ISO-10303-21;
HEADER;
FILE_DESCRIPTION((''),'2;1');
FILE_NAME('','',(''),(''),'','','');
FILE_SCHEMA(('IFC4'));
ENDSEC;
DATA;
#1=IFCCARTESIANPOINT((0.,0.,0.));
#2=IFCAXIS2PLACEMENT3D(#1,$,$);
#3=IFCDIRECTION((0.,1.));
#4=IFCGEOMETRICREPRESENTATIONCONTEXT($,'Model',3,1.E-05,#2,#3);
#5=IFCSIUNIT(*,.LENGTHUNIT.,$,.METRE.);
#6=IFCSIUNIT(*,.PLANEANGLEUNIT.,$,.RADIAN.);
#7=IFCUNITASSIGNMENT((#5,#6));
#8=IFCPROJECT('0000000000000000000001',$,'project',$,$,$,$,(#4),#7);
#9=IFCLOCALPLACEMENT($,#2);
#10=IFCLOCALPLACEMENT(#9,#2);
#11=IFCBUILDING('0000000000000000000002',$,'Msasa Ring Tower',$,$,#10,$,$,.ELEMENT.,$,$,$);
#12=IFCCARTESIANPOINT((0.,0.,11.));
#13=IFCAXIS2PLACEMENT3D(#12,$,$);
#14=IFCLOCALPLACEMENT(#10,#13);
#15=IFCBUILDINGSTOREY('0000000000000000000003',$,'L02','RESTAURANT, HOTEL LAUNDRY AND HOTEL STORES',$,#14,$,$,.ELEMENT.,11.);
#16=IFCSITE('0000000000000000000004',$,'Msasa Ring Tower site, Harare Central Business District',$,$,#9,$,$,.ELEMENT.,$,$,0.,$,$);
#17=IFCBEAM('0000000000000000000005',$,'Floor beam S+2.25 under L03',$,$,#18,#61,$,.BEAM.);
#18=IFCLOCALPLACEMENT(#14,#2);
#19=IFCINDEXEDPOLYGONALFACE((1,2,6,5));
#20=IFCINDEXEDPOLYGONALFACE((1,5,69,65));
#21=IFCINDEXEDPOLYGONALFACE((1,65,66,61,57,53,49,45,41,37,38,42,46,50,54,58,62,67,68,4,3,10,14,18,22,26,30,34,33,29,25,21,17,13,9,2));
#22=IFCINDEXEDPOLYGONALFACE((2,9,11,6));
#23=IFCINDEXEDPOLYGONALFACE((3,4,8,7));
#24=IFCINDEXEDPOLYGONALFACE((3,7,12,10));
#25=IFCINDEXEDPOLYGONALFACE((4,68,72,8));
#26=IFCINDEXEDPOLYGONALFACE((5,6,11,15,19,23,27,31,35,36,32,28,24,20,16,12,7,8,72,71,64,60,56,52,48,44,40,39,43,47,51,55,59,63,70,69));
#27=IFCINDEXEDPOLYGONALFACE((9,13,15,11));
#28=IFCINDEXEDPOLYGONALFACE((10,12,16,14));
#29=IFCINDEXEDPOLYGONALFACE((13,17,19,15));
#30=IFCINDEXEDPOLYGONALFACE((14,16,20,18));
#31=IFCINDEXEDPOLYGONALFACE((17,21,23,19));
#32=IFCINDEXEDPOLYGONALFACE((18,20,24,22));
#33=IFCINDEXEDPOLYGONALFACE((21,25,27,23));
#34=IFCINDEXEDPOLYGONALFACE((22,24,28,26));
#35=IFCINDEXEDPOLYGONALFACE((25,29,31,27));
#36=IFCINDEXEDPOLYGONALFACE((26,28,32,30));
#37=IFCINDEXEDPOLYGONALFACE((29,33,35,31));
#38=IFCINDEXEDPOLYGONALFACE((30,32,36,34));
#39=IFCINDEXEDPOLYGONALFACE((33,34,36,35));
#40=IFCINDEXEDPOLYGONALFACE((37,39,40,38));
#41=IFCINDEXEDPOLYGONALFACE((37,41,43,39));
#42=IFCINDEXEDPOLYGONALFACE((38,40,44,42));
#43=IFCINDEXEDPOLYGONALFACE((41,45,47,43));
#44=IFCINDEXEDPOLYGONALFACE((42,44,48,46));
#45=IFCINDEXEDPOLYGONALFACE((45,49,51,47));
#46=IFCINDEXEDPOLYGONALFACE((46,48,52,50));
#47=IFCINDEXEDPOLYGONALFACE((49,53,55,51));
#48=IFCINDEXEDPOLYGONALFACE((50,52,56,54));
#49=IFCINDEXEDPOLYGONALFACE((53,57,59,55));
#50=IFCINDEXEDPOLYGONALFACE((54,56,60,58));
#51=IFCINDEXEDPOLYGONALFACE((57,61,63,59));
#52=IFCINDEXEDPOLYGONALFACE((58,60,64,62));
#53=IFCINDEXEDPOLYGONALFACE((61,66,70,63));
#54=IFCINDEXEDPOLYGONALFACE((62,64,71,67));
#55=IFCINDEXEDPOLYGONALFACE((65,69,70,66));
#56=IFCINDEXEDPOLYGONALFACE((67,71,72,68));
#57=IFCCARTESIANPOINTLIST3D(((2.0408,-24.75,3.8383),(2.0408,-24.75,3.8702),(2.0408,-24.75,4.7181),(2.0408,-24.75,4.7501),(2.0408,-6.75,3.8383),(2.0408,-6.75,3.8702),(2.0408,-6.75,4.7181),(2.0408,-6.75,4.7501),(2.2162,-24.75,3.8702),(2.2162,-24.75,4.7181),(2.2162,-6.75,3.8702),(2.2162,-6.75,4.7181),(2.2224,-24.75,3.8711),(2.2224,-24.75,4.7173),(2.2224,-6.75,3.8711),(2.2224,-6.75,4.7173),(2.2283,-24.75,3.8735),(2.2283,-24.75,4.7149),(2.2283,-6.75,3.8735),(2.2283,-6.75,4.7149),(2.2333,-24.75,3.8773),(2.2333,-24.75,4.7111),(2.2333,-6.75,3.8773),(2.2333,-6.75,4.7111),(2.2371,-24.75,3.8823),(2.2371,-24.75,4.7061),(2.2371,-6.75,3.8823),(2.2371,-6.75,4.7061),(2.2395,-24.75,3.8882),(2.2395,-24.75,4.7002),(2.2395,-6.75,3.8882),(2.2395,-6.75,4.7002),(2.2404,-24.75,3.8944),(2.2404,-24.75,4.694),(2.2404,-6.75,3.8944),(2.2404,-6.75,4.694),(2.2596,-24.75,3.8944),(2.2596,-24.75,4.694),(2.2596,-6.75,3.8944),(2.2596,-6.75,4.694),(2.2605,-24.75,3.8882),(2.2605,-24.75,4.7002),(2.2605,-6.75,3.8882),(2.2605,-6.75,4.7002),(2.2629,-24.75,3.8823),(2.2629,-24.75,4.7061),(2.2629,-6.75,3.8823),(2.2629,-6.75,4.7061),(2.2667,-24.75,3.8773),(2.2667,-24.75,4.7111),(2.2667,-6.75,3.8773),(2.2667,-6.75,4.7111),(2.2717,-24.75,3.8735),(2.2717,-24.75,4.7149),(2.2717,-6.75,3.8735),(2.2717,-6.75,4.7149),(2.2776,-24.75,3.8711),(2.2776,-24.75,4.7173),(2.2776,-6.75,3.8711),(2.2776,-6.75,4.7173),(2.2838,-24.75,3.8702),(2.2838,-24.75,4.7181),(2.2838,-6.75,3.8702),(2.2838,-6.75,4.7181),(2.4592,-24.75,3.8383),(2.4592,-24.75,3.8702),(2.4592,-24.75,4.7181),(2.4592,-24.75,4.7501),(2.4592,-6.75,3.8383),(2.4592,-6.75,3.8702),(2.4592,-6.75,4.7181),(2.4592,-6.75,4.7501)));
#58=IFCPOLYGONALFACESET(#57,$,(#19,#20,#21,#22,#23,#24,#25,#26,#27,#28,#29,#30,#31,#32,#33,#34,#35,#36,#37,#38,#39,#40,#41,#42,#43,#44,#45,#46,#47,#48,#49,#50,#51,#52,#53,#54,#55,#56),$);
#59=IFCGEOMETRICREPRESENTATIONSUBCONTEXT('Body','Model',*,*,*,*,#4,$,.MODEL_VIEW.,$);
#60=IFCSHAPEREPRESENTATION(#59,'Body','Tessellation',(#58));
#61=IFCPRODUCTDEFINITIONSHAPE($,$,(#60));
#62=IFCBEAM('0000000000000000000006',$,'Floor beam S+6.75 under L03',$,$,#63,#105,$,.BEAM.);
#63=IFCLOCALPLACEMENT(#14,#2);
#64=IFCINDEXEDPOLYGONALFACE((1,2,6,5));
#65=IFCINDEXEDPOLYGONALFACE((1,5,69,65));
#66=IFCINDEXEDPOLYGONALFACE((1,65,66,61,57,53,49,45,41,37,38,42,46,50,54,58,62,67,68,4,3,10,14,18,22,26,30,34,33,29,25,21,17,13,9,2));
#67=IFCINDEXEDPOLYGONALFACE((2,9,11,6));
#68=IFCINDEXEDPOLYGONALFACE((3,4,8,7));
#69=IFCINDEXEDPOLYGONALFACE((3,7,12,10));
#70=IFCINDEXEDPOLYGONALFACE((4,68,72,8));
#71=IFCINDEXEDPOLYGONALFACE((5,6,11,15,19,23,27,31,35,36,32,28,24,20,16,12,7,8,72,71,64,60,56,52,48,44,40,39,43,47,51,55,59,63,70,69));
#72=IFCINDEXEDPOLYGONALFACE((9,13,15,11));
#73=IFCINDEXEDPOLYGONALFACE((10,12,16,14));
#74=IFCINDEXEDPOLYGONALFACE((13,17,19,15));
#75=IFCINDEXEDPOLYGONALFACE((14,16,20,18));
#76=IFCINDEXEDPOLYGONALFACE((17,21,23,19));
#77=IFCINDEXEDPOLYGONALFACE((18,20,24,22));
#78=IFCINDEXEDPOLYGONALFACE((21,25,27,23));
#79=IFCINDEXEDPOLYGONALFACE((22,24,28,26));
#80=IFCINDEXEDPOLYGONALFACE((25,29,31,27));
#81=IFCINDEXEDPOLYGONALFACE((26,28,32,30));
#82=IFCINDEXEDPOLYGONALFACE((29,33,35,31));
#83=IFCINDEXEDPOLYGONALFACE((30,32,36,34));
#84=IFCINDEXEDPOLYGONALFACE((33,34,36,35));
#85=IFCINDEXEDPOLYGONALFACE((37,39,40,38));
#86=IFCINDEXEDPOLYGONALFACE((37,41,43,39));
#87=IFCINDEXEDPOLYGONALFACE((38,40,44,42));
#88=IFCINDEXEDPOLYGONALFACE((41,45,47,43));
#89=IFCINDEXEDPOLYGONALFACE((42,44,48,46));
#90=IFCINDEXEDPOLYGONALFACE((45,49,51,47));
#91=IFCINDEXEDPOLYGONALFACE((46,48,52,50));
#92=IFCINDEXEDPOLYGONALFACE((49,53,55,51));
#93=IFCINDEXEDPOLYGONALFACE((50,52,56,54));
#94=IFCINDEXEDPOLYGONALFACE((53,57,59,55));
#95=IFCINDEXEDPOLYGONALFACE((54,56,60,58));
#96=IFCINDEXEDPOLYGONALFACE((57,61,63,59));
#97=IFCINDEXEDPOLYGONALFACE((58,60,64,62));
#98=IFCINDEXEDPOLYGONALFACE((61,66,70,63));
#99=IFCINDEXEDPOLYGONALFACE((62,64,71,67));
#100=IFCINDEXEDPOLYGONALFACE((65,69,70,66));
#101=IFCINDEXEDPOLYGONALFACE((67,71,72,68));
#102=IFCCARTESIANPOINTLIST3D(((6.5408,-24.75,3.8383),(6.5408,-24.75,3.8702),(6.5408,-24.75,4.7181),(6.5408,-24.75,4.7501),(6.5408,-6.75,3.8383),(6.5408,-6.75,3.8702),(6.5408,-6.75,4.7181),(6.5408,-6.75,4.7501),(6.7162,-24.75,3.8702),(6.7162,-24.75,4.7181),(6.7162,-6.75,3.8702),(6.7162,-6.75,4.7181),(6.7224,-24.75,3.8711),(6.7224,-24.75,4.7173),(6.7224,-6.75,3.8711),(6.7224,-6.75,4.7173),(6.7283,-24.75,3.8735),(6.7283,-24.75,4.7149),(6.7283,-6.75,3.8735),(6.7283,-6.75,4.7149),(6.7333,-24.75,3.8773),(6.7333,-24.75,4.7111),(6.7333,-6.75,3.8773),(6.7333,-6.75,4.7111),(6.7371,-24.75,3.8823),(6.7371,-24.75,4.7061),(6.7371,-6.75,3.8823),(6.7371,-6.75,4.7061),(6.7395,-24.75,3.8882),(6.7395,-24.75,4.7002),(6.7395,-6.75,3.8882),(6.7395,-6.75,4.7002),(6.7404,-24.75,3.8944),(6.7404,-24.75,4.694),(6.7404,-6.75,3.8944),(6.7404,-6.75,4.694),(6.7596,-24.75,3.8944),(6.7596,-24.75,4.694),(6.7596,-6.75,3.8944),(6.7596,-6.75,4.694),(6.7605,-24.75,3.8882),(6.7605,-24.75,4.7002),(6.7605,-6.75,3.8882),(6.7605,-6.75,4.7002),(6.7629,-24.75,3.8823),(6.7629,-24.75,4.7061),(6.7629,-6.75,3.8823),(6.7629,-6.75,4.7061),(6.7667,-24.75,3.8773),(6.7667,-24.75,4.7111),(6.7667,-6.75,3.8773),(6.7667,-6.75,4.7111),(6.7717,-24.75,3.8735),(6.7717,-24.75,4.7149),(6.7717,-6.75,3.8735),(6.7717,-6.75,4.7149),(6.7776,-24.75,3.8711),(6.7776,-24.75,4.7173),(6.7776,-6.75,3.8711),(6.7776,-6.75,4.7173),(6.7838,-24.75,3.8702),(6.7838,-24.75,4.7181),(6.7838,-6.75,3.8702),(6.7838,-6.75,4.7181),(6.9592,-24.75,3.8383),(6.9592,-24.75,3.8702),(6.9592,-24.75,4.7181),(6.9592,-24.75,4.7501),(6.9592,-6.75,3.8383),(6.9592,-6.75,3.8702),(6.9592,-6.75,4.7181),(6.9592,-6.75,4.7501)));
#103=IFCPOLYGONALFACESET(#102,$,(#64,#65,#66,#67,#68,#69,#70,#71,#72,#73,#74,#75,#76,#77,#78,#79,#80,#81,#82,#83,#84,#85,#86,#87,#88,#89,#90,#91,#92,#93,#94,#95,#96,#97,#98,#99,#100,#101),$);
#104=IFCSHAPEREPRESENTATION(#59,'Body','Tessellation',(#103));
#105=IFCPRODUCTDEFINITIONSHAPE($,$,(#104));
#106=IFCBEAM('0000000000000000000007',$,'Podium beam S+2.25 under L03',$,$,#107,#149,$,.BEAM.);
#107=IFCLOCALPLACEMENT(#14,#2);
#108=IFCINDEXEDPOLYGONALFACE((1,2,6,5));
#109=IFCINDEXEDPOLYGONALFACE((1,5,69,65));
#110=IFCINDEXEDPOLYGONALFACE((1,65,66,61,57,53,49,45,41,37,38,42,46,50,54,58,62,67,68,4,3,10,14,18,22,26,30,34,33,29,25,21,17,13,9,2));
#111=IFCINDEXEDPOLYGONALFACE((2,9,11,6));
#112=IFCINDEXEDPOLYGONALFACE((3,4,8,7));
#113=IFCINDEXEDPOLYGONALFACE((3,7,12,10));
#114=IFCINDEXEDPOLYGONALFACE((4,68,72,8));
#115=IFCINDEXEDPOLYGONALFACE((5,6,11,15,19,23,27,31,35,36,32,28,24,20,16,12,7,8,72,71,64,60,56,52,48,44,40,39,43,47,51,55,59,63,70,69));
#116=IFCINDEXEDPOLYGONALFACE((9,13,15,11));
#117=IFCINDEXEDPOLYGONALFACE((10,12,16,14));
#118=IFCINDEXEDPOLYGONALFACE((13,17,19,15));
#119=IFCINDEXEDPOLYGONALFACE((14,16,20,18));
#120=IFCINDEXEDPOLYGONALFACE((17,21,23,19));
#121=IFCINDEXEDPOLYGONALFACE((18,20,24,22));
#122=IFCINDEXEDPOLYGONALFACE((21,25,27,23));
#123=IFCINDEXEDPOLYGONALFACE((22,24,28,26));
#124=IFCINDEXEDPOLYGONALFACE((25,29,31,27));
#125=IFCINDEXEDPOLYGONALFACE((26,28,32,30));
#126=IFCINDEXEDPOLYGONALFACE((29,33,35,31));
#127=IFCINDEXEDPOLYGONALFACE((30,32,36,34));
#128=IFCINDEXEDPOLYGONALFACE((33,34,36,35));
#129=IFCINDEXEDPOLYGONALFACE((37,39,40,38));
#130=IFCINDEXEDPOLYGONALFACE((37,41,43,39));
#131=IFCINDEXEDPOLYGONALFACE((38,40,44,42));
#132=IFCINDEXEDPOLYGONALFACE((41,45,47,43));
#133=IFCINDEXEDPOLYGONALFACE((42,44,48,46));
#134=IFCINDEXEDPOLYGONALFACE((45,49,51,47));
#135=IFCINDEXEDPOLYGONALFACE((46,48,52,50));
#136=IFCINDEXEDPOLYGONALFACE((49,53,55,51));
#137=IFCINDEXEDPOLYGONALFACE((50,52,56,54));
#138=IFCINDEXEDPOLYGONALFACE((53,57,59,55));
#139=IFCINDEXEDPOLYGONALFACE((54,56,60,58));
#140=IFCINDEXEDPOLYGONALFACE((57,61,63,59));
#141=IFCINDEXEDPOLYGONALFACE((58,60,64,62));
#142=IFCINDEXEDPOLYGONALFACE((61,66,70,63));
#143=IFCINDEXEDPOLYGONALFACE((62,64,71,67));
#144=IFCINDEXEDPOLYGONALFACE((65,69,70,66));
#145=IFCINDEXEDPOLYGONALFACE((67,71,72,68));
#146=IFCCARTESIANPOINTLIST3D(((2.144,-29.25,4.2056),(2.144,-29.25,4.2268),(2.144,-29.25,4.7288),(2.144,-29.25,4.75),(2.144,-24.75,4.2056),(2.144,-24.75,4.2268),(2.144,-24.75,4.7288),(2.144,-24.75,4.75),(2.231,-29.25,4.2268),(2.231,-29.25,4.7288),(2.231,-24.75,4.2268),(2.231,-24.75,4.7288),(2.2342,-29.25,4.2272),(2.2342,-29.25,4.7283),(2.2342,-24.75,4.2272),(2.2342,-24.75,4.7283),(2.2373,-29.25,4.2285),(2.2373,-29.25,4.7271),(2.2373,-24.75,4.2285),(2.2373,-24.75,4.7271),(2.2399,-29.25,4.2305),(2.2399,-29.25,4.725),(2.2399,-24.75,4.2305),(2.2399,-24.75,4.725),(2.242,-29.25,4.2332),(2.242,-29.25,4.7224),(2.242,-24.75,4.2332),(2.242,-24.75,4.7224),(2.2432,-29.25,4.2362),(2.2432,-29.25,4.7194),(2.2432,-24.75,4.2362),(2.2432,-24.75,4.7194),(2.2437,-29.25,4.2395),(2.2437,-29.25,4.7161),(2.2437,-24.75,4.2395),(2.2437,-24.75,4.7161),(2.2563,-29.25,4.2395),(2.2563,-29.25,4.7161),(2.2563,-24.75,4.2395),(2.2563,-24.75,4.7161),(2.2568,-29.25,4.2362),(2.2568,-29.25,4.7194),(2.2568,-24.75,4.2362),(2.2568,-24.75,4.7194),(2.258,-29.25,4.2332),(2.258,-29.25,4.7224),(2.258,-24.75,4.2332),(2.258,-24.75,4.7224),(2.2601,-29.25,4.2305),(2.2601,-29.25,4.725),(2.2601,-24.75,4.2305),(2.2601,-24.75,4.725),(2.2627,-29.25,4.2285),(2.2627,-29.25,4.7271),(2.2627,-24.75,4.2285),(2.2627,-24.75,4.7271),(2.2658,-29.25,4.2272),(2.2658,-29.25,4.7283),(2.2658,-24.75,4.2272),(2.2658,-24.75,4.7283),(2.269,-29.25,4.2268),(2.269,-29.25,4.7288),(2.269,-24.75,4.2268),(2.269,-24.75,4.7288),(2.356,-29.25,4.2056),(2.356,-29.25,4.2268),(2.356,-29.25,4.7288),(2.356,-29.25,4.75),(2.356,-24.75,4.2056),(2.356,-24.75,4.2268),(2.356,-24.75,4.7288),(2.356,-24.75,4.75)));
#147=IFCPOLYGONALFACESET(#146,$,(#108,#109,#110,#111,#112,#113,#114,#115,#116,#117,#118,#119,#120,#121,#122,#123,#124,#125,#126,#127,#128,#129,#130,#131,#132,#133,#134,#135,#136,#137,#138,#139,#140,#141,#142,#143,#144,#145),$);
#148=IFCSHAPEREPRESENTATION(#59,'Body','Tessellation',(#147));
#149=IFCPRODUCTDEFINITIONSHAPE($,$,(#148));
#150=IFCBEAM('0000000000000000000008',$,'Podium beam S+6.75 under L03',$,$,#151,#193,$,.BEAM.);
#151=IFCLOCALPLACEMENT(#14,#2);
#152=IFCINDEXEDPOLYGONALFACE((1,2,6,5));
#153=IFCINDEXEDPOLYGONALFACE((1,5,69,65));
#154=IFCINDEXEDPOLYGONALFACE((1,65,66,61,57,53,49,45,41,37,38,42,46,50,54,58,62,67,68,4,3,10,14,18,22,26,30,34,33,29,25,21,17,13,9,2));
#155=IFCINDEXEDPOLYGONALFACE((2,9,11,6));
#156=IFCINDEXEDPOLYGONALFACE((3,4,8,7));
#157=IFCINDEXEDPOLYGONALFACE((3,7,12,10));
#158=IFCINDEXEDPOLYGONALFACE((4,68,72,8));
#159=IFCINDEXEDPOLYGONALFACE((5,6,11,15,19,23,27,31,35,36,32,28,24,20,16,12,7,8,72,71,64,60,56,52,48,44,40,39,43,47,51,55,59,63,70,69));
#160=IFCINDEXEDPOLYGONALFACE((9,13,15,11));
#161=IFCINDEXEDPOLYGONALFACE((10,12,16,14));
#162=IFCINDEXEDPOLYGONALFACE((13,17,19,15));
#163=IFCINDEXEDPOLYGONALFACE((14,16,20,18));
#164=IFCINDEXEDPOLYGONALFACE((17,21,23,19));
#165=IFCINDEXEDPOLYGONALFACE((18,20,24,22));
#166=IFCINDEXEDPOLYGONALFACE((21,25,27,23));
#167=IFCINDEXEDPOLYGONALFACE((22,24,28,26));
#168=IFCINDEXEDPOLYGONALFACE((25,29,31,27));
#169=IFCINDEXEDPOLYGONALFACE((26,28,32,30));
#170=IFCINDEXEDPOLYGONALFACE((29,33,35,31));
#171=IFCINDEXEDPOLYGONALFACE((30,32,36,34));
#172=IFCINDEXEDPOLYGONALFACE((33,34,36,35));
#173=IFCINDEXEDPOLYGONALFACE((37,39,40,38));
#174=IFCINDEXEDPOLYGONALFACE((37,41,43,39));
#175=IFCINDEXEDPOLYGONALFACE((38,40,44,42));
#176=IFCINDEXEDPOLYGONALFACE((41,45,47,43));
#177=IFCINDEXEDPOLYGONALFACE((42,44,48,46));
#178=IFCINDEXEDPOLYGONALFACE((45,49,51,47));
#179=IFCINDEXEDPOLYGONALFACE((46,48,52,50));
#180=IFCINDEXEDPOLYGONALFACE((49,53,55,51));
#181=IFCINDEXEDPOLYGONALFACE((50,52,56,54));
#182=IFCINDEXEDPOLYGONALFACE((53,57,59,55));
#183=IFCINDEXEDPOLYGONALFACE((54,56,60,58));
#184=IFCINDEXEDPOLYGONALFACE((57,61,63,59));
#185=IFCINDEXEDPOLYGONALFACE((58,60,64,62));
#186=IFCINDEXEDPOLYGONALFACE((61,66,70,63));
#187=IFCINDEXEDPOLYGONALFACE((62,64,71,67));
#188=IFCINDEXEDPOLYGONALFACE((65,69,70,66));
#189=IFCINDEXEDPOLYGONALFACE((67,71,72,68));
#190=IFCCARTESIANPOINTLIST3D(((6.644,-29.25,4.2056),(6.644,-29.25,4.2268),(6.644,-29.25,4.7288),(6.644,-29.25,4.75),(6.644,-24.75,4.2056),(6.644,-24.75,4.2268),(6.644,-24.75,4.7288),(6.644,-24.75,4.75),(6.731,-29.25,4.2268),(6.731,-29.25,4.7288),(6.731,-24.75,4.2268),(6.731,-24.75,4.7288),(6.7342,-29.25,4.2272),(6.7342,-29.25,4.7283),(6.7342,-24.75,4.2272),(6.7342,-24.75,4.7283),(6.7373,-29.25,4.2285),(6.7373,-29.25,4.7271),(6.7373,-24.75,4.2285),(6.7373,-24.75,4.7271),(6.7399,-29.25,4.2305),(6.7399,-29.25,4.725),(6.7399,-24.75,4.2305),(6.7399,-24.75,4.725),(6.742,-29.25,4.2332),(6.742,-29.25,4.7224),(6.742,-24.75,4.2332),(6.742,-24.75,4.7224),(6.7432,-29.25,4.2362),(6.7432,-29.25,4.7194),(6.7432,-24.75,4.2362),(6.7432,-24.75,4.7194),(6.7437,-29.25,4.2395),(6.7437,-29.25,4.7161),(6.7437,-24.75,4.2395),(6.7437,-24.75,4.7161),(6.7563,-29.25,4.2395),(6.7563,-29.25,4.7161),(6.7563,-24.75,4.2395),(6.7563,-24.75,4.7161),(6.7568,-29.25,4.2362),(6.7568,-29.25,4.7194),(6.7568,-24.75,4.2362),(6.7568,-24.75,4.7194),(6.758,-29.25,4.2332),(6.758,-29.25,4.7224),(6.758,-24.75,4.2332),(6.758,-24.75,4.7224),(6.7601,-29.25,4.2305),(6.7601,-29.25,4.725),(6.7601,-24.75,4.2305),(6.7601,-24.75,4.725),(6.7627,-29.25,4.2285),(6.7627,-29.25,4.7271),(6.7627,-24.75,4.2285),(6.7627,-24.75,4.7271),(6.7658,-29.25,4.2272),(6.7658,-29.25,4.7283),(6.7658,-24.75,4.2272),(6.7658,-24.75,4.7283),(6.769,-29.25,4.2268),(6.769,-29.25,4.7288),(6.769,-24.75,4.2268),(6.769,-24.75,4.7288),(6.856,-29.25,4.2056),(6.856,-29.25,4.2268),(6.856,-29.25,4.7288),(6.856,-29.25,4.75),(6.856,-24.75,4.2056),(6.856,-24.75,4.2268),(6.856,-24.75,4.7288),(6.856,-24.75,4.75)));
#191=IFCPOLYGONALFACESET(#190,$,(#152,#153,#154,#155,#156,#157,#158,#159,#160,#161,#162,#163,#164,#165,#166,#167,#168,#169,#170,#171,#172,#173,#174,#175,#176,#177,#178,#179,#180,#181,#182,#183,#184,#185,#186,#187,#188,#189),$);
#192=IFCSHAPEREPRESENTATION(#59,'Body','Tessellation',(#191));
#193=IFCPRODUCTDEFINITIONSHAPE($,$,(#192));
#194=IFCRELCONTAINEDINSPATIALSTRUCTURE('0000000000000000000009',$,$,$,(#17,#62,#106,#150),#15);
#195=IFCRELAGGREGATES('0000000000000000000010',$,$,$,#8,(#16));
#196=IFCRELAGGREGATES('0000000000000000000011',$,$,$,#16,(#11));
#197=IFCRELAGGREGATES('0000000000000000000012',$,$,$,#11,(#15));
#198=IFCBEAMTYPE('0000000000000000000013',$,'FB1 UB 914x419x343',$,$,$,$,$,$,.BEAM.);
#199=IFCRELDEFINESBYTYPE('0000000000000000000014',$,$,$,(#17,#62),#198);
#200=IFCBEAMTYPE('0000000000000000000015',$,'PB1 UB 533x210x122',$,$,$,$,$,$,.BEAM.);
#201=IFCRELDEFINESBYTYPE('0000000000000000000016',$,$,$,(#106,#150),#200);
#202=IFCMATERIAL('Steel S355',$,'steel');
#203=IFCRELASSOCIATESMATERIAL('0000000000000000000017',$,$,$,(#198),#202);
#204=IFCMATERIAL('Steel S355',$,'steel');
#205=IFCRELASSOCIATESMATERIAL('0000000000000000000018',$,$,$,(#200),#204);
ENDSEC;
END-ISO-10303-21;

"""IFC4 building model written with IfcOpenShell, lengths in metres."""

from ifc_helpers import new_model, si_unit, direction, frame, origin, origin_2d, place, context, subcontext, project, spatial, i_section, extrude, material, material_profile, profile_set, type_object, element, save


model = new_model("IFC4")

# Units and contexts
model_context = context("Model", 3, precision=1e-05, world=origin(), true_north=direction((0.0, 1.0)))
body_context = subcontext(model_context, "Body", "Model", "MODEL_VIEW")
ifc_project = project(units=[si_unit("LENGTHUNIT", "METRE"), si_unit("PLANEANGLEUNIT", "RADIAN")], contexts=[model_context])

# Site, building, storey
site_placement = place(None, origin())
site = spatial("IfcSite", under=ifc_project, at=site_placement, Name="Msasa Ring Tower site, Harare Central Business District", CompositionType="ELEMENT", RefElevation=0.0)
building_placement = place(site_placement, origin())
building = spatial("IfcBuilding", under=site, at=building_placement, Name="Msasa Ring Tower", CompositionType="ELEMENT")
storey_placement = place(building_placement, frame((0.0, 0.0, 11.0)))
storey = spatial("IfcBuildingStorey", under=building, at=storey_placement, Name="L02", Description="RESTAURANT, HOTEL LAUNDRY AND HOTEL STORES", CompositionType="ELEMENT", Elevation=11.0)

# Beams
ifc_material_1 = material(Name="Steel S355", Category="steel")
ifc_material_profile_1 = material_profile(ifc_material_1, i_section(OverallWidth=0.4185, OverallDepth=0.9119, WebThickness=0.0193, FlangeThickness=0.032, FilletRadius=0.0242, at=origin_2d()), Name="UB 914x419x343")
ifc_profile_set_1 = profile_set([ifc_material_profile_1], Name="Steel S355")
beam_type_1 = type_object("IfcBeamType", Name="FB1 UB 914x419x343", PredefinedType="BEAM", material=ifc_profile_set_1)
for number, where, z_axis, x_axis, name in (
    (1, (2.25, -24.75, 4.2942), (0.0, 1.0, 0.0), (-1.0, 0.0, 0.0), "Floor beam S+2.25 under L03"),
    (2, (6.75, -24.75, 4.2942), (0.0, 1.0, 0.0), (-1.0, 0.0, 0.0), "Floor beam S+6.75 under L03"),
):
    element("IfcBeam", number, at=place(storey_placement, frame(where, z_axis=z_axis, x_axis=x_axis)), inside=storey, type_object=beam_type_1, Name=name, PredefinedType="BEAM", context=body_context, shape_type="SweptSolid", body=[
        extrude(i_section(OverallWidth=0.4185, OverallDepth=0.9119, WebThickness=0.0193, FlangeThickness=0.032, FilletRadius=0.0242, at=origin_2d()), origin(), (0.0, 0.0, 1.0), 18.0),
    ])
ifc_material_2 = material(Name="Steel S355", Category="steel")
ifc_material_profile_2 = material_profile(ifc_material_2, i_section(OverallWidth=0.2119, OverallDepth=0.5444, WebThickness=0.0127, FlangeThickness=0.0212, FilletRadius=0.0127, at=origin_2d()), Name="UB 533x210x122")
ifc_profile_set_2 = profile_set([ifc_material_profile_2], Name="Steel S355")
beam_type_2 = type_object("IfcBeamType", Name="PB1 UB 533x210x122", PredefinedType="BEAM", material=ifc_profile_set_2)
for number, where, z_axis, x_axis, name in (
    (3, (2.25, -29.25, 4.4778), (0.0, 1.0, 0.0), (-1.0, 0.0, 0.0), "Podium beam S+2.25 under L03"),
    (4, (6.75, -29.25, 4.4778), (0.0, 1.0, 0.0), (-1.0, 0.0, 0.0), "Podium beam S+6.75 under L03"),
):
    element("IfcBeam", number, at=place(storey_placement, frame(where, z_axis=z_axis, x_axis=x_axis)), inside=storey, type_object=beam_type_2, Name=name, PredefinedType="BEAM", context=body_context, shape_type="SweptSolid", body=[
        extrude(i_section(OverallWidth=0.2119, OverallDepth=0.5444, WebThickness=0.0127, FlangeThickness=0.0212, FilletRadius=0.0127, at=origin_2d()), origin(), (0.0, 0.0, 1.0), 4.5),
    ])

save(model, "model.ifc")
